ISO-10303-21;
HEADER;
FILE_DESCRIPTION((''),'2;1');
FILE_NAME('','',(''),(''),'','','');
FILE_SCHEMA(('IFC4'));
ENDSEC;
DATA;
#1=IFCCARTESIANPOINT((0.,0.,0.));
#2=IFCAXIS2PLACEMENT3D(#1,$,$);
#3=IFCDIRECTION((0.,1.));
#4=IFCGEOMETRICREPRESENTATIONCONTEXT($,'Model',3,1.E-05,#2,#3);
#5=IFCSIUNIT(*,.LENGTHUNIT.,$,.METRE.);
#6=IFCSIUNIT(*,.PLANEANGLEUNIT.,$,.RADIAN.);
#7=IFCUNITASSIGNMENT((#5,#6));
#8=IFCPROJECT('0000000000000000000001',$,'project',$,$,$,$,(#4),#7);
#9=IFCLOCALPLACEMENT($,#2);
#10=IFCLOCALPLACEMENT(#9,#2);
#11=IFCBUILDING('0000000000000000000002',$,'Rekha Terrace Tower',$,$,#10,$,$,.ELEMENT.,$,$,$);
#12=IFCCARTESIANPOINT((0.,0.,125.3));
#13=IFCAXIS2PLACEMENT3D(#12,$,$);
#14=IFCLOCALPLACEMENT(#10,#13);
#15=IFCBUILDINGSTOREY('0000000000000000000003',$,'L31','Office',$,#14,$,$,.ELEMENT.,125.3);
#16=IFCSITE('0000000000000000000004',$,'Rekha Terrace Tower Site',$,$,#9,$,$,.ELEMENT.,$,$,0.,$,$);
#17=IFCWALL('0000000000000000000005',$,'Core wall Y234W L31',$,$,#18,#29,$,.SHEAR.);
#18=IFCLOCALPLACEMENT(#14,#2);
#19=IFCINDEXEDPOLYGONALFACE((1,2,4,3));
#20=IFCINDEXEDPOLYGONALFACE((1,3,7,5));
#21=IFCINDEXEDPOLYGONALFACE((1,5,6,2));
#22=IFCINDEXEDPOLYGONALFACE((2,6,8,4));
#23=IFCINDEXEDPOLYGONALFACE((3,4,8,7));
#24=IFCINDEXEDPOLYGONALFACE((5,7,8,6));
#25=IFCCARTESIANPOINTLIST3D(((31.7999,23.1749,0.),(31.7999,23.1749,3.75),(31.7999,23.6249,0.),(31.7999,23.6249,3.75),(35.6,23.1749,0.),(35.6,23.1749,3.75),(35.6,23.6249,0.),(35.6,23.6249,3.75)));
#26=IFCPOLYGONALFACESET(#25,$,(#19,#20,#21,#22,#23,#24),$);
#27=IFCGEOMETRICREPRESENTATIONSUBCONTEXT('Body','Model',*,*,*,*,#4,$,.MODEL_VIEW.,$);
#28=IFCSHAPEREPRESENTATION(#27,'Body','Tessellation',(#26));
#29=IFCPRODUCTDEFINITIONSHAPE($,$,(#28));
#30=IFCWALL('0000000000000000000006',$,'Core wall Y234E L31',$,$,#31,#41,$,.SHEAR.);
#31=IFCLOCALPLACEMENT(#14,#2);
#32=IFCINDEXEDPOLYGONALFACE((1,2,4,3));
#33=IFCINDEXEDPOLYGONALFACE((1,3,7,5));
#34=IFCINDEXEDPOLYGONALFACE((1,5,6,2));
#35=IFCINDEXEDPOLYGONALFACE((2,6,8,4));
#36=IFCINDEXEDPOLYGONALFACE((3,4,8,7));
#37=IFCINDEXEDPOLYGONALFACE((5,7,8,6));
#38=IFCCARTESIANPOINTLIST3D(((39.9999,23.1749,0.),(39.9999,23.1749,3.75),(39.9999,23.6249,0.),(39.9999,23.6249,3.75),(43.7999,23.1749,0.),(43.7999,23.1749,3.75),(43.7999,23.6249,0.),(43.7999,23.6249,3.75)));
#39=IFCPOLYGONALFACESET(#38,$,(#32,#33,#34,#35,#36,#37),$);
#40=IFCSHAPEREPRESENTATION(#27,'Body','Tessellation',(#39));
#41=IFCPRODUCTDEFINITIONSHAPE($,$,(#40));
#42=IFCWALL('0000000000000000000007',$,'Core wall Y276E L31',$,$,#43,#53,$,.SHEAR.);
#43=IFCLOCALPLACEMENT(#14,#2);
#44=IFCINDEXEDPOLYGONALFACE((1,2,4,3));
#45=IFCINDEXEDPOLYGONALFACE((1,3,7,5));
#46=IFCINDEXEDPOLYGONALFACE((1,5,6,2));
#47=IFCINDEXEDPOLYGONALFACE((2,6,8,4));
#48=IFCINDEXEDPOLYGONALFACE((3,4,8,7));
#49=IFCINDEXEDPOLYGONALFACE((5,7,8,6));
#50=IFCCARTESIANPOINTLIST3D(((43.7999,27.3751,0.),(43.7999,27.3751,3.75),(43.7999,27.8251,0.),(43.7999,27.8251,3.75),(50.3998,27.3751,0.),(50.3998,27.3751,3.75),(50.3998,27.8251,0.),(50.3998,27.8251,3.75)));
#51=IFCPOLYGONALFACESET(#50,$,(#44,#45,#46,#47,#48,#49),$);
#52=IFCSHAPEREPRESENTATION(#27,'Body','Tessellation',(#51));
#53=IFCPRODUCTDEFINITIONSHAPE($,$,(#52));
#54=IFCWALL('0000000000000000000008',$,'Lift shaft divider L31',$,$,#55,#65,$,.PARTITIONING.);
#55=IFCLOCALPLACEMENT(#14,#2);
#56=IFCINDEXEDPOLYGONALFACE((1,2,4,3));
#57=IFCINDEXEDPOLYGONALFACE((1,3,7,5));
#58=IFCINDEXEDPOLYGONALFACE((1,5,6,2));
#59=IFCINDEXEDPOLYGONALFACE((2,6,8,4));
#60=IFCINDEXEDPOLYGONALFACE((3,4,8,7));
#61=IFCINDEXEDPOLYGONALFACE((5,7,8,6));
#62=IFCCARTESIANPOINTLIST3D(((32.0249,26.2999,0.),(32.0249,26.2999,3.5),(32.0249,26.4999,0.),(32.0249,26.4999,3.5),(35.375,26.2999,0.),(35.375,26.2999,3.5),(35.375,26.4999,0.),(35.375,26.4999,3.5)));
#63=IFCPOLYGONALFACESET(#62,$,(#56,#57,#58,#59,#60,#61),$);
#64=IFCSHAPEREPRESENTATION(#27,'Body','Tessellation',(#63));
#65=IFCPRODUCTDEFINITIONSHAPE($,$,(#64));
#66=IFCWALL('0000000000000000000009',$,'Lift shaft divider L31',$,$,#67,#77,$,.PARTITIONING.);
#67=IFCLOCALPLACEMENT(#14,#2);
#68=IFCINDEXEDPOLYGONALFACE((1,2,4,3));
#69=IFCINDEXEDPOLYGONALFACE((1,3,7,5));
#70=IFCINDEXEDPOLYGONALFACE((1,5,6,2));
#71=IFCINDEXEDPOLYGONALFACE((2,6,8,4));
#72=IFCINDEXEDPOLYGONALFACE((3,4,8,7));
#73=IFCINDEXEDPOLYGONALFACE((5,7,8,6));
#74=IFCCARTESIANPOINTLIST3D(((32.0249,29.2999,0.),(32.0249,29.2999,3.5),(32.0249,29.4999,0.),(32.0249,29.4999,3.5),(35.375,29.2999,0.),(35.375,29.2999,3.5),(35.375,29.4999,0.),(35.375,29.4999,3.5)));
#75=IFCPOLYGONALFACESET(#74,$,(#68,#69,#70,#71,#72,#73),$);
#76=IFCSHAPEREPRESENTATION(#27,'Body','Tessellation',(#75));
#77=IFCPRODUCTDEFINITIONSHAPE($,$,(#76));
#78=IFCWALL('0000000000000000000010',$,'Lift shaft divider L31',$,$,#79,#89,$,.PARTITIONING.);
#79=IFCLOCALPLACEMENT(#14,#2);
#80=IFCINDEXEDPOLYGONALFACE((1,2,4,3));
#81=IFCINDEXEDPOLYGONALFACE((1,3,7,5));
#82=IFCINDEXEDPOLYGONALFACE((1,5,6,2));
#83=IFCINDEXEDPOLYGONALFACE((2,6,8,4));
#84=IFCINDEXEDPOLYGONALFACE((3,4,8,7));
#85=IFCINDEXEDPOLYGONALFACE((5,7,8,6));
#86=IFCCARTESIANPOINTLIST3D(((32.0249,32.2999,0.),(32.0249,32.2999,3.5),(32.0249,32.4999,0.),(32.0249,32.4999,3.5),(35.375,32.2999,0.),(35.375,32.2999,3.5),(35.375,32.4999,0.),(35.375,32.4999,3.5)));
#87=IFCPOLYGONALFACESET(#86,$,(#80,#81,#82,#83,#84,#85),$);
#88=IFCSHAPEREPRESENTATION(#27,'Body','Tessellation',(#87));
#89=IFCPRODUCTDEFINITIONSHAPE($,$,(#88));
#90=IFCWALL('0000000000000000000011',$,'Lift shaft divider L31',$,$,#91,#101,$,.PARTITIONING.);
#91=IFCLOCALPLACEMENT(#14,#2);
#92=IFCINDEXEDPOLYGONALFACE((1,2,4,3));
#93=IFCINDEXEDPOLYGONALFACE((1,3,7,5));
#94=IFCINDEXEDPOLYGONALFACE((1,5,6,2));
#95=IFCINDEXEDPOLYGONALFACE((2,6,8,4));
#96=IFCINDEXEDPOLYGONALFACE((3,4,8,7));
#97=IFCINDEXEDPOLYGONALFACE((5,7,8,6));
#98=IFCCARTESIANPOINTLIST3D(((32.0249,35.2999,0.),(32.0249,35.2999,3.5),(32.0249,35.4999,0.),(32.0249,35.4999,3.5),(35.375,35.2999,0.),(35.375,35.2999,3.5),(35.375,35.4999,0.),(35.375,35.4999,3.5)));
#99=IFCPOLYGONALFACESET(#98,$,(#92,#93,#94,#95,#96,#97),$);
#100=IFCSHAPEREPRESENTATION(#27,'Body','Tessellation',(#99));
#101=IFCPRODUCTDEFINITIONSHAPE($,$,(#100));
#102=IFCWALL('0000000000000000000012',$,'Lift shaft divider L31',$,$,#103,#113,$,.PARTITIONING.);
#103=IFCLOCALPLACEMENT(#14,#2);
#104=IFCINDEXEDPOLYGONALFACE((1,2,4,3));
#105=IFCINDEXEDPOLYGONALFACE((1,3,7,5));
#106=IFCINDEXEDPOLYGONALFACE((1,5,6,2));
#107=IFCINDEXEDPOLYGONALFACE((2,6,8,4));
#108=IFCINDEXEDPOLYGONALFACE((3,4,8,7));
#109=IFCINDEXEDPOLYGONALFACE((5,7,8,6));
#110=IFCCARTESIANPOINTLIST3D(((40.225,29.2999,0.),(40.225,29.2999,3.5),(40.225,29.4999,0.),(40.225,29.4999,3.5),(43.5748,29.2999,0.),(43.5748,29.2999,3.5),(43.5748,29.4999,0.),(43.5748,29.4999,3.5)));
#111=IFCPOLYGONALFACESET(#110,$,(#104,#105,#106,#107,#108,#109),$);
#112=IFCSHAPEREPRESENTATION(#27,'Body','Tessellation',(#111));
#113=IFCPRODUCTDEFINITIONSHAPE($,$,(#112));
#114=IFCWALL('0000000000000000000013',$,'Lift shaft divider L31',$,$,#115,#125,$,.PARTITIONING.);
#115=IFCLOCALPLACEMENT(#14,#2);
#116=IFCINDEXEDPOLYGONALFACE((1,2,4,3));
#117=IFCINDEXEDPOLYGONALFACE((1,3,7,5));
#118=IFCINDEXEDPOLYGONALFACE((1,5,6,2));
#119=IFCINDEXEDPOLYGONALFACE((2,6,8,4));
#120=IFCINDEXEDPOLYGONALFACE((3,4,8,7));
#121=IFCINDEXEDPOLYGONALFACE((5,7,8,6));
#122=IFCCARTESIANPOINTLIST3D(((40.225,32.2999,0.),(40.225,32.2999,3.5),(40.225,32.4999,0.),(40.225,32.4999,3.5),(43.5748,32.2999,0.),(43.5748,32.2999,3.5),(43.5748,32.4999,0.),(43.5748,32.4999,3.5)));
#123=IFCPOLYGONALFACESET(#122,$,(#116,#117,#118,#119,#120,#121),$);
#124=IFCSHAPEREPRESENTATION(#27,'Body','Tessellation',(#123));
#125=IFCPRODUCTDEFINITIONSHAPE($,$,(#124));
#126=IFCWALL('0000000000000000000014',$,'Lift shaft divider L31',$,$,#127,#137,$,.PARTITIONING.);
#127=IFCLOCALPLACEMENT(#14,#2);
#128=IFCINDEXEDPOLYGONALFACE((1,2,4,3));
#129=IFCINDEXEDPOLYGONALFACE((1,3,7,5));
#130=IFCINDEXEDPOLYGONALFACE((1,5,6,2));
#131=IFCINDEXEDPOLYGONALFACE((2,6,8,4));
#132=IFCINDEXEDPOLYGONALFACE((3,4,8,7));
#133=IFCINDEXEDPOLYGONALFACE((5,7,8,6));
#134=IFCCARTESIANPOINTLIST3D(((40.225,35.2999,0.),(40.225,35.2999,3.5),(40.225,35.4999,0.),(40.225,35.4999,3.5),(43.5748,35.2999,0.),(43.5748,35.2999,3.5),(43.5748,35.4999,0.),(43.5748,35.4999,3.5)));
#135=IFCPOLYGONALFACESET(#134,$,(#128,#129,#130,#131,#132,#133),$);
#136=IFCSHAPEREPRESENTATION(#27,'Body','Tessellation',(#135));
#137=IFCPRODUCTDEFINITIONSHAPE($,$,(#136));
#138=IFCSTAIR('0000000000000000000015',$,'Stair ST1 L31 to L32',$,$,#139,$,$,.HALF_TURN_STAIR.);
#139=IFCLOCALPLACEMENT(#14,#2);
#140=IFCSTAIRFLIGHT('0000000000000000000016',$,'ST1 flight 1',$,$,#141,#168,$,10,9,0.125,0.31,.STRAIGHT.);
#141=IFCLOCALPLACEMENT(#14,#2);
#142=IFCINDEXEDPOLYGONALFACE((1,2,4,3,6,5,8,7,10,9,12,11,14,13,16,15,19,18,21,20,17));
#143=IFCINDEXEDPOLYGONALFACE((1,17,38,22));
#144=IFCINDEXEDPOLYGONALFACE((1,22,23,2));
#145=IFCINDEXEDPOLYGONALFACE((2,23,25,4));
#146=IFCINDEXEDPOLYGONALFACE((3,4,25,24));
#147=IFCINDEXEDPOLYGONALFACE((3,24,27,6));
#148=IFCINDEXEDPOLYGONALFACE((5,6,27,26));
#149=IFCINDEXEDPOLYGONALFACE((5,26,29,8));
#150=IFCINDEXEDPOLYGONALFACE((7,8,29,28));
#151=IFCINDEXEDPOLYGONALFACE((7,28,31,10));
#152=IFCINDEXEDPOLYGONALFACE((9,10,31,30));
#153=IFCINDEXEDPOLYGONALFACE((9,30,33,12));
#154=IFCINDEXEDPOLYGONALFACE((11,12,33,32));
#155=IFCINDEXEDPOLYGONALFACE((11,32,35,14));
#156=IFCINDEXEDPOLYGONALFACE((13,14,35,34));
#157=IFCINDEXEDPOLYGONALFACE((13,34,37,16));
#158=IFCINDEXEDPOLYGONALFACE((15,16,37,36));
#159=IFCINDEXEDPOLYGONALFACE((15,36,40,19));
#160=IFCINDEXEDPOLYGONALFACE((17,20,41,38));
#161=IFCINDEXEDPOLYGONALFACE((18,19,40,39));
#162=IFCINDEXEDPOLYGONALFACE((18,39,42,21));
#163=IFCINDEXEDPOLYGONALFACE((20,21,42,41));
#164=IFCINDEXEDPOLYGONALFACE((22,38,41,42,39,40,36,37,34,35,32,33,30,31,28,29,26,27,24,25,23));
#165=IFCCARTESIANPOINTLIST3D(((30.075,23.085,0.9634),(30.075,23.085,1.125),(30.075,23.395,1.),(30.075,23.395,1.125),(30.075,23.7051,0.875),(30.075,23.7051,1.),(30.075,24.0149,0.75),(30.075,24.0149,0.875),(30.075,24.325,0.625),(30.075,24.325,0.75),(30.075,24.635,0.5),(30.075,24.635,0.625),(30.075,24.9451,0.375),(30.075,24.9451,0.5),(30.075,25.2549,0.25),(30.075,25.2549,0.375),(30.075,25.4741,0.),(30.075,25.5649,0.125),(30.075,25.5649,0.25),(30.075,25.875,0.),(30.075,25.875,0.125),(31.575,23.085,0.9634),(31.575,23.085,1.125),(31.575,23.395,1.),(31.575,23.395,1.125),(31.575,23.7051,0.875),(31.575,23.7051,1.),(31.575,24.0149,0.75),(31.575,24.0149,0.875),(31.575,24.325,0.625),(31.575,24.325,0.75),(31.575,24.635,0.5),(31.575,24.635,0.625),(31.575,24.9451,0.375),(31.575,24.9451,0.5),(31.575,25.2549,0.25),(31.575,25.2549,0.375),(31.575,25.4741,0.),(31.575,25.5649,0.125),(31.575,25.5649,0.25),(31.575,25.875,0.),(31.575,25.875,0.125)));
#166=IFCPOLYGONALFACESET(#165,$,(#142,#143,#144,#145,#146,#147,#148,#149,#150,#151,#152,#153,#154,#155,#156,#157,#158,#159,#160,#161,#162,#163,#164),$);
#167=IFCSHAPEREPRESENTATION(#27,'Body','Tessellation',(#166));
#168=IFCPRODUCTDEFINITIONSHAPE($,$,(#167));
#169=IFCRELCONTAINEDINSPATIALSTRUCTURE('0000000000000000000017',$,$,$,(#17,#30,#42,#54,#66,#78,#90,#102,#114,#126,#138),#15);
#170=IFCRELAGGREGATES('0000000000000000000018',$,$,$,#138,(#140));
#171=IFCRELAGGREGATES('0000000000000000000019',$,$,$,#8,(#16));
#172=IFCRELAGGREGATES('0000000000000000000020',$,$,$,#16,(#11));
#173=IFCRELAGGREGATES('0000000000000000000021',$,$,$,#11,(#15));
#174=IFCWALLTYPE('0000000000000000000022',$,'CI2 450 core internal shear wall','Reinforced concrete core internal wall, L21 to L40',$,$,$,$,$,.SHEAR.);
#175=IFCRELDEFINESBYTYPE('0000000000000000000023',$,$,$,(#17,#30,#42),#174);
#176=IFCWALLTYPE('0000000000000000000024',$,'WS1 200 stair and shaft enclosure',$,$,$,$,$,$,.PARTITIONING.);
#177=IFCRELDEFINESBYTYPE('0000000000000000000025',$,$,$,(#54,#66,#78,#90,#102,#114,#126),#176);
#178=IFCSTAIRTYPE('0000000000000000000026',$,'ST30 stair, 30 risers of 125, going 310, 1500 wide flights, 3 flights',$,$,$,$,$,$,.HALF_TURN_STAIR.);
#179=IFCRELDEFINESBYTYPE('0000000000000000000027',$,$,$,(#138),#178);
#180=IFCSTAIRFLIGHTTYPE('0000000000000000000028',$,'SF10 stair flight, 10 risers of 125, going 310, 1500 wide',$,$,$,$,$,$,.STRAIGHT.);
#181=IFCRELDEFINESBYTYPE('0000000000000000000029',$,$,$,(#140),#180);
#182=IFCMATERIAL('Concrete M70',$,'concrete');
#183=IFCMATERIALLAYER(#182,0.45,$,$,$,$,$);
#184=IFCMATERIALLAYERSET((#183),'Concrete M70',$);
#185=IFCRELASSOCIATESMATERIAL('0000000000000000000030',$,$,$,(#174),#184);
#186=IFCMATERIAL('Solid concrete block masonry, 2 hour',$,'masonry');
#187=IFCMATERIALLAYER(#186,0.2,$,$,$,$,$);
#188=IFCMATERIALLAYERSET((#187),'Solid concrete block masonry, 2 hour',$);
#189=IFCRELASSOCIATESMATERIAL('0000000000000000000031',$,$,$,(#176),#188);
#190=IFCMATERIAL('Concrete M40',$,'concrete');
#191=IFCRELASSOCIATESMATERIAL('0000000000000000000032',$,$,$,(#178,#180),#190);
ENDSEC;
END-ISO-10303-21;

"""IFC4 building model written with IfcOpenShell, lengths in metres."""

from ifc_helpers import new_model, si_unit, direction, frame, frame_2d, origin, place, context, subcontext, project, spatial, polyline, rectangle, outline, extrude, material, layer, layer_set, type_object, element, aggregate, save


model = new_model("IFC4")

# Units and contexts
model_context = context("Model", 3, precision=1e-05, world=origin(), true_north=direction((0.0, 1.0)))
body_context = subcontext(model_context, "Body", "Model", "MODEL_VIEW")
ifc_project = project(units=[si_unit("LENGTHUNIT", "METRE"), si_unit("PLANEANGLEUNIT", "RADIAN")], contexts=[model_context])

# Site, building, storey
site_placement = place(None, origin())
site = spatial("IfcSite", under=ifc_project, at=site_placement, Name="Rekha Terrace Tower Site", CompositionType="ELEMENT", RefElevation=0.0)
building_placement = place(site_placement, origin())
building = spatial("IfcBuilding", under=site, at=building_placement, Name="Rekha Terrace Tower", CompositionType="ELEMENT")
storey_placement = place(building_placement, frame((0.0, 0.0, 125.3)))
storey = spatial("IfcBuildingStorey", under=building, at=storey_placement, Name="L31", Description="Office", CompositionType="ELEMENT", Elevation=125.3)

# Shared definitions
ifc_material_1 = material(Name="Concrete M70", Category="concrete")
ifc_layer_1 = layer(ifc_material_1, 0.45)
ifc_layer_set_1 = layer_set([ifc_layer_1], Name="Concrete M70")
wall_type_1 = type_object("IfcWallType", Name="CI2 450 core internal shear wall", Description="Reinforced concrete core internal wall, L21 to L40", PredefinedType="SHEAR", material=ifc_layer_set_1)

# Walls
for number, where, z_axis, x_axis, name in (
    (1, (31.8, 23.3999, 0.0), (0.0, 0.0, 1.0), (1.0, 0.0, 0.0), "Core wall Y234W L31"),
    (2, (40.0, 23.3999, 0.0), (0.0, 0.0, 1.0), (1.0, 0.0, 0.0), "Core wall Y234E L31"),
):
    element("IfcWall", number, at=place(storey_placement, frame(where, z_axis=z_axis, x_axis=x_axis)), inside=storey, type_object=wall_type_1, Name=name, PredefinedType="SHEAR", context=body_context, shape_type="SweptSolid", body=[
        extrude(rectangle(XDim=3.8, YDim=0.45, at=frame_2d((1.8999, 0.0))), origin(), (0.0, 0.0, 1.0), 3.75),
    ])
wall_1_placement = place(storey_placement, frame((43.8, 27.6001, 0.0), z_axis=(0.0, 0.0, 1.0), x_axis=(1.0, 0.0, 0.0)))
element("IfcWall", 3, at=wall_1_placement, inside=storey, type_object=wall_type_1, Name="Core wall Y276E L31", PredefinedType="SHEAR", context=body_context, shape_type="SweptSolid", body=[
    extrude(rectangle(XDim=6.5999, YDim=0.45, at=frame_2d((3.2998, 0.0))), origin(), (0.0, 0.0, 1.0), 3.75),
])
ifc_material_2 = material(Name="Solid concrete block masonry, 2 hour", Category="masonry")
ifc_layer_2 = layer(ifc_material_2, 0.2)
ifc_layer_set_2 = layer_set([ifc_layer_2], Name="Solid concrete block masonry, 2 hour")
wall_type_2 = type_object("IfcWallType", Name="WS1 200 stair and shaft enclosure", PredefinedType="PARTITIONING", material=ifc_layer_set_2)
for number, where, z_axis, x_axis, name in (
    (4, (32.0249, 26.3999, 0.0), (0.0, 0.0, 1.0), (1.0, 0.0, 0.0), "Lift shaft divider L31"),
    (5, (32.0249, 29.3999, 0.0), (0.0, 0.0, 1.0), (1.0, 0.0, 0.0), "Lift shaft divider L31"),
    (6, (32.0249, 32.3999, 0.0), (0.0, 0.0, 1.0), (1.0, 0.0, 0.0), "Lift shaft divider L31"),
    (7, (32.0249, 35.3999, 0.0), (0.0, 0.0, 1.0), (1.0, 0.0, 0.0), "Lift shaft divider L31"),
):
    element("IfcWall", number, at=place(storey_placement, frame(where, z_axis=z_axis, x_axis=x_axis)), inside=storey, type_object=wall_type_2, Name=name, PredefinedType="PARTITIONING", context=body_context, shape_type="SweptSolid", body=[
        extrude(rectangle(XDim=3.3501, YDim=0.2, at=frame_2d((1.675, 0.0))), origin(), (0.0, 0.0, 1.0), 3.5),
    ])
for number, where, z_axis, x_axis, name in (
    (8, (40.2251, 29.3999, 0.0), (0.0, 0.0, 1.0), (1.0, 0.0, 0.0), "Lift shaft divider L31"),
    (9, (40.2251, 32.3999, 0.0), (0.0, 0.0, 1.0), (1.0, 0.0, 0.0), "Lift shaft divider L31"),
    (10, (40.2251, 35.3999, 0.0), (0.0, 0.0, 1.0), (1.0, 0.0, 0.0), "Lift shaft divider L31"),
):
    element("IfcWall", number, at=place(storey_placement, frame(where, z_axis=z_axis, x_axis=x_axis)), inside=storey, type_object=wall_type_2, Name=name, PredefinedType="PARTITIONING", context=body_context, shape_type="SweptSolid", body=[
        extrude(rectangle(XDim=3.3499, YDim=0.2, at=frame_2d((1.6748, 0.0))), origin(), (0.0, 0.0, 1.0), 3.5),
    ])

# Stair, stair flight
ifc_material_3 = material(Name="Concrete M40", Category="concrete")
stair_type = type_object("IfcStairType", Name="ST30 stair, 30 risers of 125, going 310, 1500 wide flights, 3 flights", PredefinedType="HALF_TURN_STAIR", material=ifc_material_3)
stair_placement = place(storey_placement, origin())
stair = element("IfcStair", 11, at=stair_placement, inside=storey, type_object=stair_type, Name="Stair ST1 L31 to L32", PredefinedType="HALF_TURN_STAIR")
stair_flight_type = type_object("IfcStairFlightType", Name="SF10 stair flight, 10 risers of 125, going 310, 1500 wide", PredefinedType="STRAIGHT", material=ifc_material_3)
stair_flight_placement = place(storey_placement, frame((30.825, 25.875, 0.0), z_axis=(0.0, 0.0, 1.0), x_axis=(0.0, -1.0, 0.0)))
stair_flight = element("IfcStairFlight", 12, at=stair_flight_placement, type_object=stair_flight_type, Name="ST1 flight 1", NumberOfRisers=10, NumberOfTreads=9, PredefinedType="STRAIGHT", RiserHeight=0.125, TreadLength=0.31, context=body_context, shape_type="SweptSolid", body=[
    extrude(outline(polyline([(0.0, 0.0), (0.0, 0.125), (0.3101, 0.125), (0.3101, 0.25), (0.6201, 0.25), (0.6201, 0.375), (0.9299, 0.375), (0.9299, 0.5), (1.24, 0.5), (1.24, 0.625), (1.55, 0.625), (1.55, 0.75), (1.8601, 0.75), (1.8601, 0.875), (2.1699, 0.875), (2.1699, 1.0), (2.48, 1.0), (2.48, 1.125), (2.79, 1.125), (2.79, 1.25), (2.79, 0.9634), (0.4009, 0.0), (0.0, 0.0)])), frame((0.0, 0.75, 0.0), z_axis=(0.0, -1.0, 0.0), x_axis=(1.0, 0.0, 0.0)), (0.0, 0.0, 1.0), 1.5),
])
aggregate(stair, [stair_flight])

save(model, "model.ifc")
